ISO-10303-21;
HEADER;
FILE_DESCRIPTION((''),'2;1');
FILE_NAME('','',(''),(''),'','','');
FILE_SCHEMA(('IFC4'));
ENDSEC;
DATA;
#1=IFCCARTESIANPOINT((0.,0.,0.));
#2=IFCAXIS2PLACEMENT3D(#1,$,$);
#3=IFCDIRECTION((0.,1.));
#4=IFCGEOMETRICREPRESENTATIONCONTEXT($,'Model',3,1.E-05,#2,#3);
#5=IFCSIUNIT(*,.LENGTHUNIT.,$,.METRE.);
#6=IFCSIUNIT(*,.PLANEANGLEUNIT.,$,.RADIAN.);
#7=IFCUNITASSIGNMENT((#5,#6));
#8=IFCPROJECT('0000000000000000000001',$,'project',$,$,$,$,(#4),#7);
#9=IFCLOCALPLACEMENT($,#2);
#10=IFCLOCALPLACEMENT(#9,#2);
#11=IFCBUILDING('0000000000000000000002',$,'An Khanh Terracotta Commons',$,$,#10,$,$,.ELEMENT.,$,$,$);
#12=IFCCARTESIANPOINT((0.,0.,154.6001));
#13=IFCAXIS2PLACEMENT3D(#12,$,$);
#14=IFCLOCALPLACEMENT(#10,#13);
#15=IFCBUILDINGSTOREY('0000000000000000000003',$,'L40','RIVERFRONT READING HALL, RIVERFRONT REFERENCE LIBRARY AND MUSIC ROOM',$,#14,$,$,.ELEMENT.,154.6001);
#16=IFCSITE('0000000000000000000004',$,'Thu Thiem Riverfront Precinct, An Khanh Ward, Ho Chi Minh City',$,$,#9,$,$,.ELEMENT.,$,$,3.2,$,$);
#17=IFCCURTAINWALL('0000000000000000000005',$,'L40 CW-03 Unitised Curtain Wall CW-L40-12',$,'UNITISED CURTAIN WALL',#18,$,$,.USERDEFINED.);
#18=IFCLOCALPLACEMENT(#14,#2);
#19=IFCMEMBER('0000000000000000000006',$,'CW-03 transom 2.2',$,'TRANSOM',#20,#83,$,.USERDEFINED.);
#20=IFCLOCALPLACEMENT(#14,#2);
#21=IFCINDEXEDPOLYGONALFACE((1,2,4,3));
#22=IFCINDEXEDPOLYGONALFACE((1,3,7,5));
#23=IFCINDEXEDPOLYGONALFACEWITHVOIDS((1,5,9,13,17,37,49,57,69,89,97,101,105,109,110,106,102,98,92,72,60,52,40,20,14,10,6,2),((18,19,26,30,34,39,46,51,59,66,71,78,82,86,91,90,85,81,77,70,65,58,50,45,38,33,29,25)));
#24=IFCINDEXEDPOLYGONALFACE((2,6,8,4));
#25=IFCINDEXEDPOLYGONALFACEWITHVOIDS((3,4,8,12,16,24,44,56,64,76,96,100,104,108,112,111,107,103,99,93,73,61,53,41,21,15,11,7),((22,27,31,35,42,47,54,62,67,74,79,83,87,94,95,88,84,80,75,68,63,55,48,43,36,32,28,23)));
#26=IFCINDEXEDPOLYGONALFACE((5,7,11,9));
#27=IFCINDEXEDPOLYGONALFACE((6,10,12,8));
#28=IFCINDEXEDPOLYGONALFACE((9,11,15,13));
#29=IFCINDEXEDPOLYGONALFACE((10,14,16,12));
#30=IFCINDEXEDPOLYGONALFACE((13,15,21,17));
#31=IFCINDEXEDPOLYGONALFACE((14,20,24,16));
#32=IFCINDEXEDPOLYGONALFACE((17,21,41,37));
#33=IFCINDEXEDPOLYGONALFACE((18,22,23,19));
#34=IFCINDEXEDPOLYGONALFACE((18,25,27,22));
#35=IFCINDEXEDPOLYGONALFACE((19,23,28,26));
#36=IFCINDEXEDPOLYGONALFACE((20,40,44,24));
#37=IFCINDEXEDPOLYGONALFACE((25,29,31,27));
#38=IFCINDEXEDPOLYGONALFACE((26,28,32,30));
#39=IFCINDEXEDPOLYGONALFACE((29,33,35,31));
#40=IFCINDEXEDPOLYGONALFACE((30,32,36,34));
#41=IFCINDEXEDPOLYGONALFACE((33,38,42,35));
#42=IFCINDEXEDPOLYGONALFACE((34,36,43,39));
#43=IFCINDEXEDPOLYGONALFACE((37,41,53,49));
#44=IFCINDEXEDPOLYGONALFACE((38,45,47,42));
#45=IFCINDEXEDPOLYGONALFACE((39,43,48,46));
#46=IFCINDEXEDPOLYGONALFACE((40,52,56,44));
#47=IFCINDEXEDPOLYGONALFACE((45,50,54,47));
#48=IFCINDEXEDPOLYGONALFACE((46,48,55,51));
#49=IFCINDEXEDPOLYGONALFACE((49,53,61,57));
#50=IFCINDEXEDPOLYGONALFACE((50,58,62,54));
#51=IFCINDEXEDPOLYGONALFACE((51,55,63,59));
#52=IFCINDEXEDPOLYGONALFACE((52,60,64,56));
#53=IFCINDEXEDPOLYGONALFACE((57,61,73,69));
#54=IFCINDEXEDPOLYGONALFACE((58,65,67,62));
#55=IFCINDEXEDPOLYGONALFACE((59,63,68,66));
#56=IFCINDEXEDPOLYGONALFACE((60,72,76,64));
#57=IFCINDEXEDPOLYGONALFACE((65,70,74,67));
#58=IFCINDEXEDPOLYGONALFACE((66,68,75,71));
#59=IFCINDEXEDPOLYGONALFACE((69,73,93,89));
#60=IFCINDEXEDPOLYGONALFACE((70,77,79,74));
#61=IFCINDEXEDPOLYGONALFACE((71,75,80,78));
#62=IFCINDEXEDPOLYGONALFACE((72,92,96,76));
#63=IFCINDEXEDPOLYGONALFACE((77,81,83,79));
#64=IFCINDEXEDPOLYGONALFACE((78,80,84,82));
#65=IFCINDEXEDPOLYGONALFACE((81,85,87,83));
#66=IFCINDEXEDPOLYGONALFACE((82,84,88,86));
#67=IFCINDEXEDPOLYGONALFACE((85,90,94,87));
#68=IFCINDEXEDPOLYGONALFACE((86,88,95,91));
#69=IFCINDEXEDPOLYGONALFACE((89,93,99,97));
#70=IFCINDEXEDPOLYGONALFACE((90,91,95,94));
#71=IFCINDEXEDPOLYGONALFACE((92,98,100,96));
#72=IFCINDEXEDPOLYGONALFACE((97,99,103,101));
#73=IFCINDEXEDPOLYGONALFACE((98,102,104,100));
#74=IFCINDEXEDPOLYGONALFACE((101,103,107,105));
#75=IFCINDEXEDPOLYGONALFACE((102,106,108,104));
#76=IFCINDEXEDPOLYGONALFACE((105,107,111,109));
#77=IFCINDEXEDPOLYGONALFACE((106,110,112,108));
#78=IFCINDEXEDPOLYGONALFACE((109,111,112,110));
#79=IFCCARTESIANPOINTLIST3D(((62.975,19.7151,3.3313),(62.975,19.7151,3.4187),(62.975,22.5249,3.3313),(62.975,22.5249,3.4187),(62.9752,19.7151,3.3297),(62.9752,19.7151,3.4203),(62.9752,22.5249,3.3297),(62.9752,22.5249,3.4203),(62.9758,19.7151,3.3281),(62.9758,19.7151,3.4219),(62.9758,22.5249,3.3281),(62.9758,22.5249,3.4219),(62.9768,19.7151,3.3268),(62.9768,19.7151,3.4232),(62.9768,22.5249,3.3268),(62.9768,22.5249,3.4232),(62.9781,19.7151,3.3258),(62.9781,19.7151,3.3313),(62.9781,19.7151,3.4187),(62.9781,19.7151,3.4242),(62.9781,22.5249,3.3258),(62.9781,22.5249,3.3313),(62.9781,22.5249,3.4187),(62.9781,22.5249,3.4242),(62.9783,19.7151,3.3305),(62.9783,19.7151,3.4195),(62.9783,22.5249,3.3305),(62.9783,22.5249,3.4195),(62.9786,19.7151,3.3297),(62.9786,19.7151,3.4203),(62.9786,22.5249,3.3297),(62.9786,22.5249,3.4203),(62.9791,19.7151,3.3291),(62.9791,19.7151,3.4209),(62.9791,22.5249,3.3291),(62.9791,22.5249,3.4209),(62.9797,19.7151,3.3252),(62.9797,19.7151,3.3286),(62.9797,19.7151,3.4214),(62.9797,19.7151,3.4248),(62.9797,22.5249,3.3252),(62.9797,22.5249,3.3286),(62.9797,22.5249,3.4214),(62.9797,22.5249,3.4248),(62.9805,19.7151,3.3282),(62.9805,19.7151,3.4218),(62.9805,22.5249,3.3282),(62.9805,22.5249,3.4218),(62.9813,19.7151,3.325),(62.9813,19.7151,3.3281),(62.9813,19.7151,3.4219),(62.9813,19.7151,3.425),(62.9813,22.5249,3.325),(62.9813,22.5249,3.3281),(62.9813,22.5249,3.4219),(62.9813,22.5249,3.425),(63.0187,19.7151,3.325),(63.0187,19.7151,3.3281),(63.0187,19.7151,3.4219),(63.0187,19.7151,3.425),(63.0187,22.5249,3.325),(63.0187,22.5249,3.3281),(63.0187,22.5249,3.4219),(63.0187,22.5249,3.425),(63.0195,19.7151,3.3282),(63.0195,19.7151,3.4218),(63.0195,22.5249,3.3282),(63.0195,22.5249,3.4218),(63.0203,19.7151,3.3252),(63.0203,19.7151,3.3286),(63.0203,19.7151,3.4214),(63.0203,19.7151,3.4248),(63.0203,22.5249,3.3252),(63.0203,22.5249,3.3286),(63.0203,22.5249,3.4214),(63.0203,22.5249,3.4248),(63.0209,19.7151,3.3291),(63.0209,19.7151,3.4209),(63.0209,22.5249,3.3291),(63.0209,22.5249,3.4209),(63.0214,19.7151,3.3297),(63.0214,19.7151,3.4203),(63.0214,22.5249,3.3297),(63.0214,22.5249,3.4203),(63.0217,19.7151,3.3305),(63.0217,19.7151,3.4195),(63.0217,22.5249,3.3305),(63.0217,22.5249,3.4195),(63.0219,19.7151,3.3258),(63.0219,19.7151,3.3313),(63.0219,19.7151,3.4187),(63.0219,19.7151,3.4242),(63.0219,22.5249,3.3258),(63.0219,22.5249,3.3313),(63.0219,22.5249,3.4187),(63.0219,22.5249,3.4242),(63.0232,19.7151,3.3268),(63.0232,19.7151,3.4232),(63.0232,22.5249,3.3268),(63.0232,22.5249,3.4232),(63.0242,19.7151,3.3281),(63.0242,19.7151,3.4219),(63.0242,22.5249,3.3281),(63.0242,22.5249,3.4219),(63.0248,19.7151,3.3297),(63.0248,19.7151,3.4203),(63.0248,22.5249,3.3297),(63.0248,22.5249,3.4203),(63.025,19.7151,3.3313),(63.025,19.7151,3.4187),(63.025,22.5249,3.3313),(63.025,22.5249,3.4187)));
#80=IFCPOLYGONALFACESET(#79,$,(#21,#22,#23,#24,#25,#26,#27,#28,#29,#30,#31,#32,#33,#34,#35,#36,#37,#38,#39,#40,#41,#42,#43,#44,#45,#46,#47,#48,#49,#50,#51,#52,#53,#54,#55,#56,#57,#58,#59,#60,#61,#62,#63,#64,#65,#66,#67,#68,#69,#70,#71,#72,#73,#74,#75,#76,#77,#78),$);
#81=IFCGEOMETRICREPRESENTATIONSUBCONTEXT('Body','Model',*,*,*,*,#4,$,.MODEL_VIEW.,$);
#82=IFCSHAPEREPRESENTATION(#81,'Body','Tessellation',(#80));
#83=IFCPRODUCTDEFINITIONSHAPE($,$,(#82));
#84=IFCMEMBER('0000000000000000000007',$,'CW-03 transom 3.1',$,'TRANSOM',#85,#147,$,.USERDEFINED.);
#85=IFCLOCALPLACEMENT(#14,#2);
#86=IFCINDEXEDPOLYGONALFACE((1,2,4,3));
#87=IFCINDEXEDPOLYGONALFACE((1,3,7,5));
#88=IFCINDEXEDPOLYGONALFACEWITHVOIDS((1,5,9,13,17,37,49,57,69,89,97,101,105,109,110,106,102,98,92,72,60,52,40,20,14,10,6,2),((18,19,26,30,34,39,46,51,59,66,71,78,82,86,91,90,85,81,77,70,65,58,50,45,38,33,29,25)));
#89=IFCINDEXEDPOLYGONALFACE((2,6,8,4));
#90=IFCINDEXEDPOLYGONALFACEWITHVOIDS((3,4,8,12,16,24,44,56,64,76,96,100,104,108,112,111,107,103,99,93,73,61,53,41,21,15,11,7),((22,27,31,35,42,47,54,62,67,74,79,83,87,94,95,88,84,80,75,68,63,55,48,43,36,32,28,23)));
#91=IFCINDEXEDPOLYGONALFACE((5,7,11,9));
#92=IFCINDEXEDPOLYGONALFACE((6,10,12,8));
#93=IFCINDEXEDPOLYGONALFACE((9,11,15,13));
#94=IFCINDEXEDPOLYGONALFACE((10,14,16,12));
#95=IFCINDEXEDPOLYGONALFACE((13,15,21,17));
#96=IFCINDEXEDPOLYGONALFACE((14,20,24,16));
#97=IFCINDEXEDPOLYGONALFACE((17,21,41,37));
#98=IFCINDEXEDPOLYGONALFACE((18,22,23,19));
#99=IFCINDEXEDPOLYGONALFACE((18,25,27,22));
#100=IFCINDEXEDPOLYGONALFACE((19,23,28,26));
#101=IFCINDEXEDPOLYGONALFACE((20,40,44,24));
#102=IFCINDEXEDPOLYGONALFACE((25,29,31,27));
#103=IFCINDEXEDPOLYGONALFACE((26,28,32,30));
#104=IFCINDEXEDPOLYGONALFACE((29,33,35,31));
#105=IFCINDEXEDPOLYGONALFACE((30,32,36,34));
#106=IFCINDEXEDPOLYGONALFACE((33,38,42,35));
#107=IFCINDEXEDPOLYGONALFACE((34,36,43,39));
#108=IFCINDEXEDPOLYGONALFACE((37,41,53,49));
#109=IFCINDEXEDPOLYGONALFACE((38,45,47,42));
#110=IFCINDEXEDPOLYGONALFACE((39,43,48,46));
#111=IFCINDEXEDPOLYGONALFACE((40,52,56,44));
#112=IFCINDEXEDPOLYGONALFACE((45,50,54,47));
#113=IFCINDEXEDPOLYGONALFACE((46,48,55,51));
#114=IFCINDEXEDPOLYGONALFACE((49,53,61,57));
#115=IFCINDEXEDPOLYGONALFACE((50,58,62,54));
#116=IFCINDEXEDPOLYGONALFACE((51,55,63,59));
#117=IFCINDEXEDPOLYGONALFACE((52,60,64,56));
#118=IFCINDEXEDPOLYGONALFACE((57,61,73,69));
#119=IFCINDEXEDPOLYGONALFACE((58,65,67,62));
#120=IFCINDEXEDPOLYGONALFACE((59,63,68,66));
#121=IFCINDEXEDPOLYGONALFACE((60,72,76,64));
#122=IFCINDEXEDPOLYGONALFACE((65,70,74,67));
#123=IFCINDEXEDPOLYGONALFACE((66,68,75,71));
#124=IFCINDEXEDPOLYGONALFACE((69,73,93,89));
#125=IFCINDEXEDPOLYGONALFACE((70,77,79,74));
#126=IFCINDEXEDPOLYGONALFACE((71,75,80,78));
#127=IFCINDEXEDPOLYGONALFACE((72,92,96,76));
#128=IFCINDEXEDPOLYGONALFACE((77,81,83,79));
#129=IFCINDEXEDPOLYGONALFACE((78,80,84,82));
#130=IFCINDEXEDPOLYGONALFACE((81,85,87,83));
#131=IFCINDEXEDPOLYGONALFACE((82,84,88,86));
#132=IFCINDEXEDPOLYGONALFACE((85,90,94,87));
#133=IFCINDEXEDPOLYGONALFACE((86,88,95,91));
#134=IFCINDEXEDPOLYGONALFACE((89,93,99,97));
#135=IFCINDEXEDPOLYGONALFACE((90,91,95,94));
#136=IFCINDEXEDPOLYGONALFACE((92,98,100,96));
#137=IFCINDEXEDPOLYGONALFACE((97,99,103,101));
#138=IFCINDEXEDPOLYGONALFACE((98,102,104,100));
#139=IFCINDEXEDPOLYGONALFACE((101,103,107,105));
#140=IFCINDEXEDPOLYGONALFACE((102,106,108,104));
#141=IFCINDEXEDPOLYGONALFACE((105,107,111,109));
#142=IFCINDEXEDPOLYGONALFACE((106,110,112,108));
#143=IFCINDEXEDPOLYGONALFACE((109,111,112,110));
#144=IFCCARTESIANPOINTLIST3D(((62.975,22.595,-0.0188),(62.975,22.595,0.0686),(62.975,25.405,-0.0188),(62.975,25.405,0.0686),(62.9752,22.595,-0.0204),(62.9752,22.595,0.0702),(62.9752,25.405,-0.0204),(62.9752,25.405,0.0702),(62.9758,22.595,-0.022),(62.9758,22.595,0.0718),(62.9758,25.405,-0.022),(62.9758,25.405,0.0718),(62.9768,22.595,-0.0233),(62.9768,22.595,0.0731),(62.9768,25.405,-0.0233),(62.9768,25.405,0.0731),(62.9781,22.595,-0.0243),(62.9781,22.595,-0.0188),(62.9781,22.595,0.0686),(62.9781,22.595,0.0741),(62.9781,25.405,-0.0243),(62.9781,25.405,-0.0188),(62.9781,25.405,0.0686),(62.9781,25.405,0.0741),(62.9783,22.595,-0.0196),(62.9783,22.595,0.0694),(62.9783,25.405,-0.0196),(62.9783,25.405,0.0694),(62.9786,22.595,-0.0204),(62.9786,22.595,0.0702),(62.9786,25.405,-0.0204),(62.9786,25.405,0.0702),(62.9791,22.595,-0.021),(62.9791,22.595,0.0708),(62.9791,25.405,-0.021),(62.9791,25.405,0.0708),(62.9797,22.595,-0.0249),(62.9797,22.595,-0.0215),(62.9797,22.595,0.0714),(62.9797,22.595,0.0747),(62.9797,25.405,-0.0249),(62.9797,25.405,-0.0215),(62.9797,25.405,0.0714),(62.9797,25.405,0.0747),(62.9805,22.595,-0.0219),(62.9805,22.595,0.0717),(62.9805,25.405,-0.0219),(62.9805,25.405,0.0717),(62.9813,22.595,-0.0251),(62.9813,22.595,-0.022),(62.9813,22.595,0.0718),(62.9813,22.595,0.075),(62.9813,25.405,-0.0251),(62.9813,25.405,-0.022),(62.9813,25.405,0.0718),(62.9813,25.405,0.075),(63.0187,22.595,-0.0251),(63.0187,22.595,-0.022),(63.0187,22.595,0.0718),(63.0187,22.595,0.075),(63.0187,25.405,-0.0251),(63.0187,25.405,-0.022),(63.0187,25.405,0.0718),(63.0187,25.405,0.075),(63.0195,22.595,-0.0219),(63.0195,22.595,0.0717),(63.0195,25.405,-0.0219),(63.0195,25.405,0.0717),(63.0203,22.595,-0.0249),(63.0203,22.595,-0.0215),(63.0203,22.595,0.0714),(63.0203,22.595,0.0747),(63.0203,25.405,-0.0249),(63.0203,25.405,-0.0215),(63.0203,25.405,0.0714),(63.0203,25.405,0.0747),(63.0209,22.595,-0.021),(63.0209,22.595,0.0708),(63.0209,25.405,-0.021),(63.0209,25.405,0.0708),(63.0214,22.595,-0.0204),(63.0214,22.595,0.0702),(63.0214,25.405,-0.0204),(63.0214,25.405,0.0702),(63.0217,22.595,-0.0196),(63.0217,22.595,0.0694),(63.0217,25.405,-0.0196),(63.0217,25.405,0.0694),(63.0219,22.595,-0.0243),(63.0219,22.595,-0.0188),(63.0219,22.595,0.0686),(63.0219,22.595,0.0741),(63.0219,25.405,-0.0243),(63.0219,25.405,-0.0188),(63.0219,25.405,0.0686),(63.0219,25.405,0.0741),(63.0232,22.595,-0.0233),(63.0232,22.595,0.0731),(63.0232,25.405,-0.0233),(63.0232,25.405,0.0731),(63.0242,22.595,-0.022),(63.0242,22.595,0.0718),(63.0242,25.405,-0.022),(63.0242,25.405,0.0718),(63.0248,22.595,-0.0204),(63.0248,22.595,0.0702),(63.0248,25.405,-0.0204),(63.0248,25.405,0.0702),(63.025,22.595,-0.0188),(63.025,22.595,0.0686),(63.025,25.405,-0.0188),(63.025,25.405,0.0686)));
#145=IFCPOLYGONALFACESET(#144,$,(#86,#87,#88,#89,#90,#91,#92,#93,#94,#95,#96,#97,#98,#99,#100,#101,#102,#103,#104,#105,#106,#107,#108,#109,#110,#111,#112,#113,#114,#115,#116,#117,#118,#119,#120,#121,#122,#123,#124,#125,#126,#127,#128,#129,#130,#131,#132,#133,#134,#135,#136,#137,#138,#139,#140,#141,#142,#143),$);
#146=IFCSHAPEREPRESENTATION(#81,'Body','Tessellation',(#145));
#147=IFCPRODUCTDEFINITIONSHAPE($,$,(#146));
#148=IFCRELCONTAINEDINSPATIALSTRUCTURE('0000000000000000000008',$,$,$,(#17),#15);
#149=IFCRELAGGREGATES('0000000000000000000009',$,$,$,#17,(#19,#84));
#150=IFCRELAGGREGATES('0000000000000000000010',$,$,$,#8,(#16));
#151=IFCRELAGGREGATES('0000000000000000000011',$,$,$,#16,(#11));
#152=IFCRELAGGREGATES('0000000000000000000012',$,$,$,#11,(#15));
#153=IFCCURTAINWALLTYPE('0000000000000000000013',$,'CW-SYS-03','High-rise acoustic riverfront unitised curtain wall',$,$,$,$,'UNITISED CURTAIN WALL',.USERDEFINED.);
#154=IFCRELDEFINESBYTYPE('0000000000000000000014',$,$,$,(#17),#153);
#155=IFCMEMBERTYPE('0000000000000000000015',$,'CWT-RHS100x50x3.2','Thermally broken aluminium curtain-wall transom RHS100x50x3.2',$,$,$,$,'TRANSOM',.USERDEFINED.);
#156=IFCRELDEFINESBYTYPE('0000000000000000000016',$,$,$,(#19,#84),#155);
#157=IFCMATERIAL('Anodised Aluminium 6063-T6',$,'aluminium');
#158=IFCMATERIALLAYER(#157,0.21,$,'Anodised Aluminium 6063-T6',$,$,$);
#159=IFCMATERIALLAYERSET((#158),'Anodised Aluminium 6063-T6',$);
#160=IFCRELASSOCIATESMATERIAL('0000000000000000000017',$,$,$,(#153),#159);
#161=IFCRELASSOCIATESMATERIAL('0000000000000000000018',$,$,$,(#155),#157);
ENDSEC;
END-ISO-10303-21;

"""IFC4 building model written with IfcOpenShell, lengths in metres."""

from ifc_helpers import new_model, si_unit, direction, frame, origin, origin_2d, place, context, subcontext, project, spatial, hollow_rectangle, extrude, material, layer, layer_set, material_profile, profile_set, type_object, element, aggregate, save


model = new_model("IFC4")

# Units and contexts
model_context = context("Model", 3, precision=1e-05, world=origin(), true_north=direction((0.0, 1.0)))
body_context = subcontext(model_context, "Body", "Model", "MODEL_VIEW")
ifc_project = project(units=[si_unit("LENGTHUNIT", "METRE"), si_unit("PLANEANGLEUNIT", "RADIAN")], contexts=[model_context])

# Site, building, storey
site_placement = place(None, origin())
site = spatial("IfcSite", under=ifc_project, at=site_placement, Name="Thu Thiem Riverfront Precinct, An Khanh Ward, Ho Chi Minh City", CompositionType="ELEMENT", RefElevation=3.2)
building_placement = place(site_placement, origin())
building = spatial("IfcBuilding", under=site, at=building_placement, Name="An Khanh Terracotta Commons", CompositionType="ELEMENT")
storey_placement = place(building_placement, frame((0.0, 0.0, 154.6001)))
storey = spatial("IfcBuildingStorey", under=building, at=storey_placement, Name="L40", Description="RIVERFRONT READING HALL, RIVERFRONT REFERENCE LIBRARY AND MUSIC ROOM", CompositionType="ELEMENT", Elevation=154.6001)

# Curtain wall
ifc_material_1 = material(Name="Anodised Aluminium 6063-T6", Category="aluminium")
ifc_layer_1 = layer(ifc_material_1, 0.21, Name="Anodised Aluminium 6063-T6")
ifc_layer_set_1 = layer_set([ifc_layer_1], Name="Anodised Aluminium 6063-T6")
curtain_wall_type = type_object("IfcCurtainWallType", Name="CW-SYS-03", Description="High-rise acoustic riverfront unitised curtain wall", ElementType="UNITISED CURTAIN WALL", PredefinedType="USERDEFINED", material=ifc_layer_set_1)
curtain_wall_1_placement = place(storey_placement, origin())
curtain_wall_1 = element("IfcCurtainWall", 1, at=curtain_wall_1_placement, inside=storey, type_object=curtain_wall_type, Name="L40 CW-03 Unitised Curtain Wall CW-L40-12", ObjectType="UNITISED CURTAIN WALL", PredefinedType="USERDEFINED")

# Members
ifc_material_profile_1 = material_profile(ifc_material_1, hollow_rectangle(XDim=0.05, YDim=0.1001, WallThickness=0.0032, InnerFilletRadius=0.0032, OuterFilletRadius=0.0063, at=origin_2d()), Name="RHS100x50x3.2")
ifc_profile_set_1 = profile_set([ifc_material_profile_1], Name="Anodised Aluminium 6063-T6")
member_type_1 = type_object("IfcMemberType", Name="CWT-RHS100x50x3.2", Description="Thermally broken aluminium curtain-wall transom RHS100x50x3.2", ElementType="TRANSOM", PredefinedType="USERDEFINED", material=ifc_profile_set_1)
member_1_placement = place(storey_placement, frame((63.0, 19.7151, 3.375), z_axis=(0.0, 1.0, 0.0), x_axis=(-1.0, 0.0, 0.0)))
member_1 = element("IfcMember", 2, at=member_1_placement, type_object=member_type_1, Name="CW-03 transom 2.2", ObjectType="TRANSOM", PredefinedType="USERDEFINED", context=body_context, shape_type="SweptSolid", body=[
    extrude(hollow_rectangle(XDim=0.05, YDim=0.1001, WallThickness=0.0032, InnerFilletRadius=0.0032, OuterFilletRadius=0.0063, at=origin_2d()), origin(), (0.0, 0.0, 1.0), 2.8098),
])
member_2_placement = place(storey_placement, frame((63.0, 22.595, 0.0249), z_axis=(0.0, 1.0, 0.0), x_axis=(-1.0, 0.0, 0.0)))
member_2 = element("IfcMember", 3, at=member_2_placement, type_object=member_type_1, Name="CW-03 transom 3.1", ObjectType="TRANSOM", PredefinedType="USERDEFINED", context=body_context, shape_type="SweptSolid", body=[
    extrude(hollow_rectangle(XDim=0.05, YDim=0.1001, WallThickness=0.0032, InnerFilletRadius=0.0032, OuterFilletRadius=0.0063, at=origin_2d()), origin(), (0.0, 0.0, 1.0), 2.8101),
])

aggregate(curtain_wall_1, [member_1, member_2])

save(model, "model.ifc")
